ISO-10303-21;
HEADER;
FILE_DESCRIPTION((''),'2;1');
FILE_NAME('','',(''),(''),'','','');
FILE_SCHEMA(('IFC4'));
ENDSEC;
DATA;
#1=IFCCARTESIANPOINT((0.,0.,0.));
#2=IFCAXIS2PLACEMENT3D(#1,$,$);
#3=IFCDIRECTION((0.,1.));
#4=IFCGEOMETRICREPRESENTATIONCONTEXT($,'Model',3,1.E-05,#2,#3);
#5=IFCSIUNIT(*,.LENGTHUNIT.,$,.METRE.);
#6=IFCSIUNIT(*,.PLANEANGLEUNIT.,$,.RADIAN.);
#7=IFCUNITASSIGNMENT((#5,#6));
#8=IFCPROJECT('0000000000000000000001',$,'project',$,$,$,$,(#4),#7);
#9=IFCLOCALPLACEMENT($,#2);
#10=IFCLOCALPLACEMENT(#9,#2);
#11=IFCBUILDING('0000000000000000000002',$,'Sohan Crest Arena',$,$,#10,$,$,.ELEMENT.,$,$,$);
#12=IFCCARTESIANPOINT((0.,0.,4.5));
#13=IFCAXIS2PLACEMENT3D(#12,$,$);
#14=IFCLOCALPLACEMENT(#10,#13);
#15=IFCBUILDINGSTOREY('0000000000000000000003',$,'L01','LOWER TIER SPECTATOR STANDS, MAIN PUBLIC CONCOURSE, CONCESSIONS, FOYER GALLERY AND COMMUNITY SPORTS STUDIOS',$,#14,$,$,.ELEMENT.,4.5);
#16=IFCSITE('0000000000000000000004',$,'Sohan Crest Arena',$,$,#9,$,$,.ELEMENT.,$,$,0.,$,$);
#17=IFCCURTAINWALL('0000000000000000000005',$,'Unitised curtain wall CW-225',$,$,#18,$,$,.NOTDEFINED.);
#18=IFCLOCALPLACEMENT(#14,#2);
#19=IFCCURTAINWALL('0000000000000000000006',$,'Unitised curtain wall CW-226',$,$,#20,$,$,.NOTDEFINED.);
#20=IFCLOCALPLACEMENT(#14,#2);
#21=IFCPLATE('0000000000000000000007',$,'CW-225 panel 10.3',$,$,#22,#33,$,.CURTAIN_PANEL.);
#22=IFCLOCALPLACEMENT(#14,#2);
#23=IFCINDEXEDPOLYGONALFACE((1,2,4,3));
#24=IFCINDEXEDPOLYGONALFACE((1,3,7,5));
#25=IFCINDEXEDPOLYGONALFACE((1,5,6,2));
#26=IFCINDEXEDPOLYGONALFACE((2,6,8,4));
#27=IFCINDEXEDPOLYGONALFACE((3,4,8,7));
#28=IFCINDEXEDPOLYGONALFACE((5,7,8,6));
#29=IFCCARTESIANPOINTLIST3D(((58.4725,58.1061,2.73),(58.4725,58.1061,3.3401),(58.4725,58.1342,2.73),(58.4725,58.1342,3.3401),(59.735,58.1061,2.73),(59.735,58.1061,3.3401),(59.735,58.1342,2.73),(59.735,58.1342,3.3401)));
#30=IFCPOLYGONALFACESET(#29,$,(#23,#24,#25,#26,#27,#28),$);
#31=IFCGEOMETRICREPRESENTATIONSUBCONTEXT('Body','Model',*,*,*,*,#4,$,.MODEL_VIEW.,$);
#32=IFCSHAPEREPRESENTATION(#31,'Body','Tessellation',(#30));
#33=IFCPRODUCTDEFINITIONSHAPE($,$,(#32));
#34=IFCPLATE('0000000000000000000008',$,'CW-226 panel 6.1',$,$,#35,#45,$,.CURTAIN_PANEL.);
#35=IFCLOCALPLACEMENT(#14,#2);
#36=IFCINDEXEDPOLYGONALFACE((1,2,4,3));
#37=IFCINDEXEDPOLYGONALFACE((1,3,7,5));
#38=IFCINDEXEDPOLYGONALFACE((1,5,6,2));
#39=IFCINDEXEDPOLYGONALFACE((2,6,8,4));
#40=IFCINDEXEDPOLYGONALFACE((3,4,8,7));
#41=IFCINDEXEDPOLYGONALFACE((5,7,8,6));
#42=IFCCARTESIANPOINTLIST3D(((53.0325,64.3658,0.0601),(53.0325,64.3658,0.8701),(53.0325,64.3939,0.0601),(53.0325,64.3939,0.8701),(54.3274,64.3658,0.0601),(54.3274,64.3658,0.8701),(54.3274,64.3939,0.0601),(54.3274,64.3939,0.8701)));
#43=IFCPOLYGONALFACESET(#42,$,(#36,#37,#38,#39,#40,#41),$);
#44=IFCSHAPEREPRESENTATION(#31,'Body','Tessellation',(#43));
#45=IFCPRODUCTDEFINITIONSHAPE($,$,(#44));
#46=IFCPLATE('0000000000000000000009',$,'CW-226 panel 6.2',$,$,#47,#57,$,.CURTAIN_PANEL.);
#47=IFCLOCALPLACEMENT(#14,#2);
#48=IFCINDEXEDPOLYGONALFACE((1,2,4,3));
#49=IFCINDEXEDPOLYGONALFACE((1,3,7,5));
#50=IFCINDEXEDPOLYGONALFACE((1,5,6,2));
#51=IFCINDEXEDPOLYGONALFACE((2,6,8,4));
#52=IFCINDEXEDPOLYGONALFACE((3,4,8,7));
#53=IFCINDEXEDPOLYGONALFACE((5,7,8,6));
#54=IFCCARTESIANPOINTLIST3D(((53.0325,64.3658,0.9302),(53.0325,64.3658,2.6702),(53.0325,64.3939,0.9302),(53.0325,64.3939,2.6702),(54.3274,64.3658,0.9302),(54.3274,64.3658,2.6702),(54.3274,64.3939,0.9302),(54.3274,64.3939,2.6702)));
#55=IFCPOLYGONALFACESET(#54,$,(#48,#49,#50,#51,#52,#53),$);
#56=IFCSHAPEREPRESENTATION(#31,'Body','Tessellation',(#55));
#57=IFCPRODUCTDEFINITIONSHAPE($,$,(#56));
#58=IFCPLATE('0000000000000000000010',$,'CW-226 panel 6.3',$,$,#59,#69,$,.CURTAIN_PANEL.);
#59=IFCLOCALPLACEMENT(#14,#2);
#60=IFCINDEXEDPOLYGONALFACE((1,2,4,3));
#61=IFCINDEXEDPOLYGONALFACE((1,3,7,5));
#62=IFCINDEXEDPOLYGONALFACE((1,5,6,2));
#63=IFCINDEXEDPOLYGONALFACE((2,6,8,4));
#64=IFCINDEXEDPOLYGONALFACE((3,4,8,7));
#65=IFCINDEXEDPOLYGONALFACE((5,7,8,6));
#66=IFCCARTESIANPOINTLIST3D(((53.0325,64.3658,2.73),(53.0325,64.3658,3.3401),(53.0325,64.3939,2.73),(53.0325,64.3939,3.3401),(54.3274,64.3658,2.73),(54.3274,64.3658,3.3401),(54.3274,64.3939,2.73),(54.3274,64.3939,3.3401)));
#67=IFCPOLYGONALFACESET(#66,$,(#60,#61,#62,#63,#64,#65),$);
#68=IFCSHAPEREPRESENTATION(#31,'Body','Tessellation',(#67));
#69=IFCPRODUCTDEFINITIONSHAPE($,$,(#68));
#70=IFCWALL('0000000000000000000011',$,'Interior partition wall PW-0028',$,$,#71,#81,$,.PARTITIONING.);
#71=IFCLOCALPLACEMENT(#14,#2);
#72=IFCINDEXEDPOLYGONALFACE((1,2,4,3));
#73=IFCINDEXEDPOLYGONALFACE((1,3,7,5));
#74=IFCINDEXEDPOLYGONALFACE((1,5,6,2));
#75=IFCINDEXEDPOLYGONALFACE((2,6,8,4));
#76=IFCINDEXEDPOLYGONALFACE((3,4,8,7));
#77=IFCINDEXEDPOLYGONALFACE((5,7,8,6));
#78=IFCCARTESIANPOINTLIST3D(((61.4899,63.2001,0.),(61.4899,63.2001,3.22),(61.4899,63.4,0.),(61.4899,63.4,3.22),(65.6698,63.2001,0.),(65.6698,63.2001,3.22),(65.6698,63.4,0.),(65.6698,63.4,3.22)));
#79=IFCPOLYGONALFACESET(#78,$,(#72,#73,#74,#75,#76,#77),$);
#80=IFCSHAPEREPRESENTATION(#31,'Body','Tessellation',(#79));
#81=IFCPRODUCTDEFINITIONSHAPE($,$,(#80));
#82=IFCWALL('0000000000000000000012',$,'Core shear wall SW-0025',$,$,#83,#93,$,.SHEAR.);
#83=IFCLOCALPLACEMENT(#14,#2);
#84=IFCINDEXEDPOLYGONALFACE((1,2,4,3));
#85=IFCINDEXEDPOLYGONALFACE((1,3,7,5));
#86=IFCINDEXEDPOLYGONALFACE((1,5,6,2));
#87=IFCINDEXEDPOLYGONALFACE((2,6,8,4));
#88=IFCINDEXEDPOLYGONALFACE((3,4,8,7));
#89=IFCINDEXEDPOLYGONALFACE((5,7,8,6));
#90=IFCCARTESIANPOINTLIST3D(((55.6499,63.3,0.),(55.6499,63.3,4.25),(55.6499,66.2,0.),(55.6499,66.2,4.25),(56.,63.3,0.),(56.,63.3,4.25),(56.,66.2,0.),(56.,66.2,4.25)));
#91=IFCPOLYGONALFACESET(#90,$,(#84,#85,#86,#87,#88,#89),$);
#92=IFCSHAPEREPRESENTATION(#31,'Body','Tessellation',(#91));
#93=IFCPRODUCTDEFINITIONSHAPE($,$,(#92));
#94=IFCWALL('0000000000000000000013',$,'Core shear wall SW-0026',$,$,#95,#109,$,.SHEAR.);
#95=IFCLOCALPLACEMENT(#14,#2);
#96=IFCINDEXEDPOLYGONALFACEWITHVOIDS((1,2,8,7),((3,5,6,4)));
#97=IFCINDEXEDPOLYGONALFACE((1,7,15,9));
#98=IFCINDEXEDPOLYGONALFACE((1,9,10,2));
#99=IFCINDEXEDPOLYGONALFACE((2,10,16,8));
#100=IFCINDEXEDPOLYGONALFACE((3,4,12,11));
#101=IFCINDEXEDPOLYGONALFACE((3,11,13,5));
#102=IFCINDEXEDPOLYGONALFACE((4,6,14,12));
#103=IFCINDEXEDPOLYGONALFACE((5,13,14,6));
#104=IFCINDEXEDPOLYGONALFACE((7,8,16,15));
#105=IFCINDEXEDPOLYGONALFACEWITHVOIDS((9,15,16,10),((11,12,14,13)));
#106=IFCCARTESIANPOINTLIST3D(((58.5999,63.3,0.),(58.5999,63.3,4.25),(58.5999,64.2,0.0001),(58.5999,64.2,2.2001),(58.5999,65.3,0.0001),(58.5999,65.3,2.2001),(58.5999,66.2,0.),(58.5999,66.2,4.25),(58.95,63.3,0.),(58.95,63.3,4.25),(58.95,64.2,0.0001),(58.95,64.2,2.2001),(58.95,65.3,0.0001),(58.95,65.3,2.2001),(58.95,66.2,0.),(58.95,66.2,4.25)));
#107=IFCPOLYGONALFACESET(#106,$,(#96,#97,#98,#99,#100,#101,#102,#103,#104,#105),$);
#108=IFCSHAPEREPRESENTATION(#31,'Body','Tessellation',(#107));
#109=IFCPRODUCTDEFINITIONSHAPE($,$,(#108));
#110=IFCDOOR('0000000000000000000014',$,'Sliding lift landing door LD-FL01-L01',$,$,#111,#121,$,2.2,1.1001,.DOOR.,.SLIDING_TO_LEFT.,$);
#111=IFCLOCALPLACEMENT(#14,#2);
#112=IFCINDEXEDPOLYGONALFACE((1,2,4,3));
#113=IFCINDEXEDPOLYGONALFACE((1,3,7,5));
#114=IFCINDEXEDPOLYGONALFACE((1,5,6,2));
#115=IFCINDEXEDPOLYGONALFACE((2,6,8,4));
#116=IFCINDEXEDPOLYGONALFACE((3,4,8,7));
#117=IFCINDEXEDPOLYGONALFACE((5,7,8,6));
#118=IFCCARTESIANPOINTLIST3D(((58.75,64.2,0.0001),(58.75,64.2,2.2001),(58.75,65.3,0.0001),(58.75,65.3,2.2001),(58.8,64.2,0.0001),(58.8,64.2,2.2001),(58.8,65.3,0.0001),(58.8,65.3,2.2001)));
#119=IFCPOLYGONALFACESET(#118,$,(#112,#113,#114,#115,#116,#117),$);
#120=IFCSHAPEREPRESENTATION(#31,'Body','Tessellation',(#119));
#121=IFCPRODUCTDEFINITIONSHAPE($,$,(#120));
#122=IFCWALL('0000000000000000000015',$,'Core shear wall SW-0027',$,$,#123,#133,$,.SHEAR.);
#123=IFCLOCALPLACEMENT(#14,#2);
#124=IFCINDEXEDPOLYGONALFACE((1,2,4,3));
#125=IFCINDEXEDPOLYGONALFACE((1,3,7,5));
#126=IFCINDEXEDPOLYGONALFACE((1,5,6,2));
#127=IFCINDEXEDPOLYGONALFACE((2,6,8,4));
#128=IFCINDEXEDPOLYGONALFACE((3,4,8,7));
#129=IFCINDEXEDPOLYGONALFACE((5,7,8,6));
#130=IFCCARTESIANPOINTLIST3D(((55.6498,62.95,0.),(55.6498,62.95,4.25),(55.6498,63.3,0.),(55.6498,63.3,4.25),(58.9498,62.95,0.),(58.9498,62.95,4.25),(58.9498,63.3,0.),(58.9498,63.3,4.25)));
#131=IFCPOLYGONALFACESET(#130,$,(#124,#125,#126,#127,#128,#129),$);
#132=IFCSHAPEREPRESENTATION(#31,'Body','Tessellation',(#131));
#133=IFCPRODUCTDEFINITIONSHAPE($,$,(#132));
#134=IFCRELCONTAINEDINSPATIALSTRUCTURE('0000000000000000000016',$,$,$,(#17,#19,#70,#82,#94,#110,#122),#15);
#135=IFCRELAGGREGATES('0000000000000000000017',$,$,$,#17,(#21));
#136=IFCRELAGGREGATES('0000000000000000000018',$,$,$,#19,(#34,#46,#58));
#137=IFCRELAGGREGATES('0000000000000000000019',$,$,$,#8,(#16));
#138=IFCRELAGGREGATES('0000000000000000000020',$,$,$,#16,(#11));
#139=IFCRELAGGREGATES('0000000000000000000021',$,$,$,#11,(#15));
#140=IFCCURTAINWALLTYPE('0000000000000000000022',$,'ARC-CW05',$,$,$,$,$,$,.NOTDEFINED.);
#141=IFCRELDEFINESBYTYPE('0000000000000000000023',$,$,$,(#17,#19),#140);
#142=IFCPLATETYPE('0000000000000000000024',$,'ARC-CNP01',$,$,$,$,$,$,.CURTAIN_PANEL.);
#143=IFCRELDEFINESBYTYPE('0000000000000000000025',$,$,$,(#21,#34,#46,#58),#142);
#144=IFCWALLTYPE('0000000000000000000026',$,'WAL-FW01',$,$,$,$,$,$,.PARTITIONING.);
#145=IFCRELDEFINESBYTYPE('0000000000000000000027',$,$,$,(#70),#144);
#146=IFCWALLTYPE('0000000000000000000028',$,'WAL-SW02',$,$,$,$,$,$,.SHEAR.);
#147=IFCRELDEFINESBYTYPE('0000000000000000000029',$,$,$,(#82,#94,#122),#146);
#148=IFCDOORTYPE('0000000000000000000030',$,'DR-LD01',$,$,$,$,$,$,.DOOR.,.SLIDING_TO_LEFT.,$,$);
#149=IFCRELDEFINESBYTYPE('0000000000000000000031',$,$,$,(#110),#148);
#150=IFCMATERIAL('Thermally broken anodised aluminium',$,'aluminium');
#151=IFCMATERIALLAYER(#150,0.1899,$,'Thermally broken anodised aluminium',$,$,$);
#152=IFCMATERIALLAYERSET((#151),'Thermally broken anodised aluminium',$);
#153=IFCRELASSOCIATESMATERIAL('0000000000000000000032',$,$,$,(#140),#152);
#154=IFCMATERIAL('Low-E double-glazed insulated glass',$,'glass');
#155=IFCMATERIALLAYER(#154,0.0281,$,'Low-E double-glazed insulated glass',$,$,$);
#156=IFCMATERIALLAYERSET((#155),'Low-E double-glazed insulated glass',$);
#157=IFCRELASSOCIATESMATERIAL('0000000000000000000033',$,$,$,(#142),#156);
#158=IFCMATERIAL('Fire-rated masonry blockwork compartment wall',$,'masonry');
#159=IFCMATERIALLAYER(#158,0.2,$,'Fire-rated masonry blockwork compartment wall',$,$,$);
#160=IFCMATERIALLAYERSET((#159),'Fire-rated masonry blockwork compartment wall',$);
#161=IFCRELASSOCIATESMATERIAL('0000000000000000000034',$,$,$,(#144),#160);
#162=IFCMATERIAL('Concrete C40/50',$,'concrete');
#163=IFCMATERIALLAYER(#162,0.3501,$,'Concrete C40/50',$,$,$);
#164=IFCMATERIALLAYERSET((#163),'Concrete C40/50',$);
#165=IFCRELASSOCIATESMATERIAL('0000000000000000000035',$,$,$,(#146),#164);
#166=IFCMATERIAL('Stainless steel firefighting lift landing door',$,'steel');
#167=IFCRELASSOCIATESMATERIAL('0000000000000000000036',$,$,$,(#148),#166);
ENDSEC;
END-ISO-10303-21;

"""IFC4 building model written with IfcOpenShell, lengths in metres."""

from ifc_helpers import new_model, si_unit, direction, frame, frame_2d, origin, origin_2d, place, context, subcontext, project, spatial, rectangle, extrude, material, layer, layer_set, type_object, element, fill, aggregate, save


model = new_model("IFC4")

# Units and contexts
model_context = context("Model", 3, precision=1e-05, world=origin(), true_north=direction((0.0, 1.0)))
body_context = subcontext(model_context, "Body", "Model", "MODEL_VIEW")
ifc_project = project(units=[si_unit("LENGTHUNIT", "METRE"), si_unit("PLANEANGLEUNIT", "RADIAN")], contexts=[model_context])

# Site, building, storey
site_placement = place(None, origin())
site = spatial("IfcSite", under=ifc_project, at=site_placement, Name="Sohan Crest Arena", CompositionType="ELEMENT", RefElevation=0.0)
building_placement = place(site_placement, origin())
building = spatial("IfcBuilding", under=site, at=building_placement, Name="Sohan Crest Arena", CompositionType="ELEMENT")
storey_placement = place(building_placement, frame((0.0, 0.0, 4.5)))
storey = spatial("IfcBuildingStorey", under=building, at=storey_placement, Name="L01", Description="LOWER TIER SPECTATOR STANDS, MAIN PUBLIC CONCOURSE, CONCESSIONS, FOYER GALLERY AND COMMUNITY SPORTS STUDIOS", CompositionType="ELEMENT", Elevation=4.5)

# Curtain wall
ifc_material_1 = material(Name="Thermally broken anodised aluminium", Category="aluminium")
ifc_layer_1 = layer(ifc_material_1, 0.1899, Name="Thermally broken anodised aluminium")
ifc_layer_set_1 = layer_set([ifc_layer_1], Name="Thermally broken anodised aluminium")
curtain_wall_type = type_object("IfcCurtainWallType", Name="ARC-CW05", PredefinedType="NOTDEFINED", material=ifc_layer_set_1)
curtain_wall_1_placement = place(storey_placement, origin())
curtain_wall_1 = element("IfcCurtainWall", 1, at=curtain_wall_1_placement, inside=storey, type_object=curtain_wall_type, Name="Unitised curtain wall CW-225", PredefinedType="NOTDEFINED")

# Curtain wall
curtain_wall_2_placement = place(storey_placement, origin())
curtain_wall_2 = element("IfcCurtainWall", 2, at=curtain_wall_2_placement, inside=storey, type_object=curtain_wall_type, Name="Unitised curtain wall CW-226", PredefinedType="NOTDEFINED")

# Plates
ifc_material_2 = material(Name="Low-E double-glazed insulated glass", Category="glass")
ifc_layer_2 = layer(ifc_material_2, 0.0281, Name="Low-E double-glazed insulated glass")
ifc_layer_set_2 = layer_set([ifc_layer_2], Name="Low-E double-glazed insulated glass")
plate_type = type_object("IfcPlateType", Name="ARC-CNP01", PredefinedType="CURTAIN_PANEL", material=ifc_layer_set_2)
plate_1_placement = place(storey_placement, frame((59.1038, 58.1201, 2.73), z_axis=(0.0, 0.0, 1.0), x_axis=(1.0, 0.0, 0.0)))
plate_1 = element("IfcPlate", 3, at=plate_1_placement, type_object=plate_type, Name="CW-225 panel 10.3", PredefinedType="CURTAIN_PANEL", context=body_context, shape_type="SweptSolid", body=[
    extrude(rectangle(XDim=1.2625, YDim=0.0281, at=origin_2d()), origin(), (0.0, 0.0, 1.0), 0.6101),
])
aggregate(curtain_wall_1, [plate_1])
plate_2_placement = place(storey_placement, frame((53.6799, 64.3799, 0.0601), z_axis=(0.0, 0.0, 1.0), x_axis=(1.0, 0.0, 0.0)))
plate_2 = element("IfcPlate", 4, at=plate_2_placement, type_object=plate_type, Name="CW-226 panel 6.1", PredefinedType="CURTAIN_PANEL", context=body_context, shape_type="SweptSolid", body=[
    extrude(rectangle(XDim=1.2949, YDim=0.0281, at=origin_2d()), origin(), (0.0, 0.0, 1.0), 0.8101),
])
plate_3_placement = place(storey_placement, frame((53.6799, 64.3799, 0.9302), z_axis=(0.0, 0.0, 1.0), x_axis=(1.0, 0.0, 0.0)))
plate_3 = element("IfcPlate", 5, at=plate_3_placement, type_object=plate_type, Name="CW-226 panel 6.2", PredefinedType="CURTAIN_PANEL", context=body_context, shape_type="SweptSolid", body=[
    extrude(rectangle(XDim=1.2949, YDim=0.0281, at=origin_2d()), origin(), (0.0, 0.0, 1.0), 1.74),
])
plate_4_placement = place(storey_placement, frame((53.6799, 64.3799, 2.73), z_axis=(0.0, 0.0, 1.0), x_axis=(1.0, 0.0, 0.0)))
plate_4 = element("IfcPlate", 6, at=plate_4_placement, type_object=plate_type, Name="CW-226 panel 6.3", PredefinedType="CURTAIN_PANEL", context=body_context, shape_type="SweptSolid", body=[
    extrude(rectangle(XDim=1.2949, YDim=0.0281, at=origin_2d()), origin(), (0.0, 0.0, 1.0), 0.6101),
])
aggregate(curtain_wall_2, [plate_2, plate_3, plate_4])

# Walls
ifc_material_3 = material(Name="Fire-rated masonry blockwork compartment wall", Category="masonry")
ifc_layer_3 = layer(ifc_material_3, 0.2, Name="Fire-rated masonry blockwork compartment wall")
ifc_layer_set_3 = layer_set([ifc_layer_3], Name="Fire-rated masonry blockwork compartment wall")
wall_type_1 = type_object("IfcWallType", Name="WAL-FW01", PredefinedType="PARTITIONING", material=ifc_layer_set_3)
wall_1_placement = place(storey_placement, frame((61.49, 63.3, 0.0), z_axis=(0.0, 0.0, 1.0), x_axis=(1.0, 0.0, 0.0)))
element("IfcWall", 7, at=wall_1_placement, inside=storey, type_object=wall_type_1, Name="Interior partition wall PW-0028", PredefinedType="PARTITIONING", context=body_context, shape_type="SweptSolid", body=[
    extrude(rectangle(XDim=4.1799, YDim=0.2, at=frame_2d((2.0898, 0.0))), origin(), (0.0, 0.0, 1.0), 3.22),
])
ifc_material_4 = material(Name="Concrete C40/50", Category="concrete")
ifc_layer_4 = layer(ifc_material_4, 0.3501, Name="Concrete C40/50")
ifc_layer_set_4 = layer_set([ifc_layer_4], Name="Concrete C40/50")
wall_type_2 = type_object("IfcWallType", Name="WAL-SW02", PredefinedType="SHEAR", material=ifc_layer_set_4)
wall_2_placement = place(storey_placement, frame((55.825, 63.3, 0.0), z_axis=(0.0, 0.0, 1.0), x_axis=(0.0, 1.0, 0.0)))
element("IfcWall", 8, at=wall_2_placement, inside=storey, type_object=wall_type_2, Name="Core shear wall SW-0025", PredefinedType="SHEAR", context=body_context, shape_type="SweptSolid", body=[
    extrude(rectangle(XDim=2.8999, YDim=0.3501, at=frame_2d((1.45, 0.0))), origin(), (0.0, 0.0, 1.0), 4.25),
])

# Wall, opening, door
wall_3_placement = place(storey_placement, frame((58.7749, 63.3, 0.0), z_axis=(0.0, 0.0, 1.0), x_axis=(0.0, 1.0, 0.0)))
wall_3 = element("IfcWall", 9, at=wall_3_placement, inside=storey, type_object=wall_type_2, Name="Core shear wall SW-0026", PredefinedType="SHEAR", context=body_context, shape_type="SweptSolid", body=[
    extrude(rectangle(XDim=2.8999, YDim=0.3501, at=frame_2d((1.45, 0.0))), origin(), (0.0, 0.0, 1.0), 4.25),
])
opening_placement = place(wall_3_placement, frame((0.8999, 0.0, 0.0)))
opening = element("IfcOpeningElement", 10, at=opening_placement, cuts=wall_3, PredefinedType="OPENING", context=body_context, shape_type="SweptSolid", body=[
    extrude(rectangle(XDim=1.1001, YDim=2.2, at=frame_2d((0.55, 1.1001))), frame((0.0, 0.1851, 0.0), z_axis=(0.0, -1.0, 0.0), x_axis=(1.0, 0.0, 0.0)), (0.0, 0.0, 1.0), 0.3701),
])
ifc_material_5 = material(Name="Stainless steel firefighting lift landing door", Category="steel")
door_type = type_object("IfcDoorType", Name="DR-LD01", OperationType="SLIDING_TO_LEFT", PredefinedType="DOOR", material=ifc_material_5)
door_placement = place(opening_placement, origin())
door = element("IfcDoor", 11, at=door_placement, inside=storey, type_object=door_type, Name="Sliding lift landing door LD-FL01-L01", OperationType="SLIDING_TO_LEFT", OverallHeight=2.2, OverallWidth=1.1001, PredefinedType="DOOR", context=body_context, shape_type="SweptSolid", body=[
    extrude(rectangle(XDim=1.1001, YDim=2.2, at=frame_2d((0.55, 1.1001))), frame((0.0, 0.0249, 0.0), z_axis=(0.0, -1.0, 0.0), x_axis=(1.0, 0.0, 0.0)), (0.0, 0.0, 1.0), 0.05),
])
fill(opening, door)

# Wall
wall_4_placement = place(storey_placement, frame((55.6499, 63.125, 0.0), z_axis=(0.0, 0.0, 1.0), x_axis=(1.0, 0.0, 0.0)))
element("IfcWall", 12, at=wall_4_placement, inside=storey, type_object=wall_type_2, Name="Core shear wall SW-0027", PredefinedType="SHEAR", context=body_context, shape_type="SweptSolid", body=[
    extrude(rectangle(XDim=3.3, YDim=0.3501, at=frame_2d((1.6499, 0.0))), origin(), (0.0, 0.0, 1.0), 4.25),
])

save(model, "model.ifc")
